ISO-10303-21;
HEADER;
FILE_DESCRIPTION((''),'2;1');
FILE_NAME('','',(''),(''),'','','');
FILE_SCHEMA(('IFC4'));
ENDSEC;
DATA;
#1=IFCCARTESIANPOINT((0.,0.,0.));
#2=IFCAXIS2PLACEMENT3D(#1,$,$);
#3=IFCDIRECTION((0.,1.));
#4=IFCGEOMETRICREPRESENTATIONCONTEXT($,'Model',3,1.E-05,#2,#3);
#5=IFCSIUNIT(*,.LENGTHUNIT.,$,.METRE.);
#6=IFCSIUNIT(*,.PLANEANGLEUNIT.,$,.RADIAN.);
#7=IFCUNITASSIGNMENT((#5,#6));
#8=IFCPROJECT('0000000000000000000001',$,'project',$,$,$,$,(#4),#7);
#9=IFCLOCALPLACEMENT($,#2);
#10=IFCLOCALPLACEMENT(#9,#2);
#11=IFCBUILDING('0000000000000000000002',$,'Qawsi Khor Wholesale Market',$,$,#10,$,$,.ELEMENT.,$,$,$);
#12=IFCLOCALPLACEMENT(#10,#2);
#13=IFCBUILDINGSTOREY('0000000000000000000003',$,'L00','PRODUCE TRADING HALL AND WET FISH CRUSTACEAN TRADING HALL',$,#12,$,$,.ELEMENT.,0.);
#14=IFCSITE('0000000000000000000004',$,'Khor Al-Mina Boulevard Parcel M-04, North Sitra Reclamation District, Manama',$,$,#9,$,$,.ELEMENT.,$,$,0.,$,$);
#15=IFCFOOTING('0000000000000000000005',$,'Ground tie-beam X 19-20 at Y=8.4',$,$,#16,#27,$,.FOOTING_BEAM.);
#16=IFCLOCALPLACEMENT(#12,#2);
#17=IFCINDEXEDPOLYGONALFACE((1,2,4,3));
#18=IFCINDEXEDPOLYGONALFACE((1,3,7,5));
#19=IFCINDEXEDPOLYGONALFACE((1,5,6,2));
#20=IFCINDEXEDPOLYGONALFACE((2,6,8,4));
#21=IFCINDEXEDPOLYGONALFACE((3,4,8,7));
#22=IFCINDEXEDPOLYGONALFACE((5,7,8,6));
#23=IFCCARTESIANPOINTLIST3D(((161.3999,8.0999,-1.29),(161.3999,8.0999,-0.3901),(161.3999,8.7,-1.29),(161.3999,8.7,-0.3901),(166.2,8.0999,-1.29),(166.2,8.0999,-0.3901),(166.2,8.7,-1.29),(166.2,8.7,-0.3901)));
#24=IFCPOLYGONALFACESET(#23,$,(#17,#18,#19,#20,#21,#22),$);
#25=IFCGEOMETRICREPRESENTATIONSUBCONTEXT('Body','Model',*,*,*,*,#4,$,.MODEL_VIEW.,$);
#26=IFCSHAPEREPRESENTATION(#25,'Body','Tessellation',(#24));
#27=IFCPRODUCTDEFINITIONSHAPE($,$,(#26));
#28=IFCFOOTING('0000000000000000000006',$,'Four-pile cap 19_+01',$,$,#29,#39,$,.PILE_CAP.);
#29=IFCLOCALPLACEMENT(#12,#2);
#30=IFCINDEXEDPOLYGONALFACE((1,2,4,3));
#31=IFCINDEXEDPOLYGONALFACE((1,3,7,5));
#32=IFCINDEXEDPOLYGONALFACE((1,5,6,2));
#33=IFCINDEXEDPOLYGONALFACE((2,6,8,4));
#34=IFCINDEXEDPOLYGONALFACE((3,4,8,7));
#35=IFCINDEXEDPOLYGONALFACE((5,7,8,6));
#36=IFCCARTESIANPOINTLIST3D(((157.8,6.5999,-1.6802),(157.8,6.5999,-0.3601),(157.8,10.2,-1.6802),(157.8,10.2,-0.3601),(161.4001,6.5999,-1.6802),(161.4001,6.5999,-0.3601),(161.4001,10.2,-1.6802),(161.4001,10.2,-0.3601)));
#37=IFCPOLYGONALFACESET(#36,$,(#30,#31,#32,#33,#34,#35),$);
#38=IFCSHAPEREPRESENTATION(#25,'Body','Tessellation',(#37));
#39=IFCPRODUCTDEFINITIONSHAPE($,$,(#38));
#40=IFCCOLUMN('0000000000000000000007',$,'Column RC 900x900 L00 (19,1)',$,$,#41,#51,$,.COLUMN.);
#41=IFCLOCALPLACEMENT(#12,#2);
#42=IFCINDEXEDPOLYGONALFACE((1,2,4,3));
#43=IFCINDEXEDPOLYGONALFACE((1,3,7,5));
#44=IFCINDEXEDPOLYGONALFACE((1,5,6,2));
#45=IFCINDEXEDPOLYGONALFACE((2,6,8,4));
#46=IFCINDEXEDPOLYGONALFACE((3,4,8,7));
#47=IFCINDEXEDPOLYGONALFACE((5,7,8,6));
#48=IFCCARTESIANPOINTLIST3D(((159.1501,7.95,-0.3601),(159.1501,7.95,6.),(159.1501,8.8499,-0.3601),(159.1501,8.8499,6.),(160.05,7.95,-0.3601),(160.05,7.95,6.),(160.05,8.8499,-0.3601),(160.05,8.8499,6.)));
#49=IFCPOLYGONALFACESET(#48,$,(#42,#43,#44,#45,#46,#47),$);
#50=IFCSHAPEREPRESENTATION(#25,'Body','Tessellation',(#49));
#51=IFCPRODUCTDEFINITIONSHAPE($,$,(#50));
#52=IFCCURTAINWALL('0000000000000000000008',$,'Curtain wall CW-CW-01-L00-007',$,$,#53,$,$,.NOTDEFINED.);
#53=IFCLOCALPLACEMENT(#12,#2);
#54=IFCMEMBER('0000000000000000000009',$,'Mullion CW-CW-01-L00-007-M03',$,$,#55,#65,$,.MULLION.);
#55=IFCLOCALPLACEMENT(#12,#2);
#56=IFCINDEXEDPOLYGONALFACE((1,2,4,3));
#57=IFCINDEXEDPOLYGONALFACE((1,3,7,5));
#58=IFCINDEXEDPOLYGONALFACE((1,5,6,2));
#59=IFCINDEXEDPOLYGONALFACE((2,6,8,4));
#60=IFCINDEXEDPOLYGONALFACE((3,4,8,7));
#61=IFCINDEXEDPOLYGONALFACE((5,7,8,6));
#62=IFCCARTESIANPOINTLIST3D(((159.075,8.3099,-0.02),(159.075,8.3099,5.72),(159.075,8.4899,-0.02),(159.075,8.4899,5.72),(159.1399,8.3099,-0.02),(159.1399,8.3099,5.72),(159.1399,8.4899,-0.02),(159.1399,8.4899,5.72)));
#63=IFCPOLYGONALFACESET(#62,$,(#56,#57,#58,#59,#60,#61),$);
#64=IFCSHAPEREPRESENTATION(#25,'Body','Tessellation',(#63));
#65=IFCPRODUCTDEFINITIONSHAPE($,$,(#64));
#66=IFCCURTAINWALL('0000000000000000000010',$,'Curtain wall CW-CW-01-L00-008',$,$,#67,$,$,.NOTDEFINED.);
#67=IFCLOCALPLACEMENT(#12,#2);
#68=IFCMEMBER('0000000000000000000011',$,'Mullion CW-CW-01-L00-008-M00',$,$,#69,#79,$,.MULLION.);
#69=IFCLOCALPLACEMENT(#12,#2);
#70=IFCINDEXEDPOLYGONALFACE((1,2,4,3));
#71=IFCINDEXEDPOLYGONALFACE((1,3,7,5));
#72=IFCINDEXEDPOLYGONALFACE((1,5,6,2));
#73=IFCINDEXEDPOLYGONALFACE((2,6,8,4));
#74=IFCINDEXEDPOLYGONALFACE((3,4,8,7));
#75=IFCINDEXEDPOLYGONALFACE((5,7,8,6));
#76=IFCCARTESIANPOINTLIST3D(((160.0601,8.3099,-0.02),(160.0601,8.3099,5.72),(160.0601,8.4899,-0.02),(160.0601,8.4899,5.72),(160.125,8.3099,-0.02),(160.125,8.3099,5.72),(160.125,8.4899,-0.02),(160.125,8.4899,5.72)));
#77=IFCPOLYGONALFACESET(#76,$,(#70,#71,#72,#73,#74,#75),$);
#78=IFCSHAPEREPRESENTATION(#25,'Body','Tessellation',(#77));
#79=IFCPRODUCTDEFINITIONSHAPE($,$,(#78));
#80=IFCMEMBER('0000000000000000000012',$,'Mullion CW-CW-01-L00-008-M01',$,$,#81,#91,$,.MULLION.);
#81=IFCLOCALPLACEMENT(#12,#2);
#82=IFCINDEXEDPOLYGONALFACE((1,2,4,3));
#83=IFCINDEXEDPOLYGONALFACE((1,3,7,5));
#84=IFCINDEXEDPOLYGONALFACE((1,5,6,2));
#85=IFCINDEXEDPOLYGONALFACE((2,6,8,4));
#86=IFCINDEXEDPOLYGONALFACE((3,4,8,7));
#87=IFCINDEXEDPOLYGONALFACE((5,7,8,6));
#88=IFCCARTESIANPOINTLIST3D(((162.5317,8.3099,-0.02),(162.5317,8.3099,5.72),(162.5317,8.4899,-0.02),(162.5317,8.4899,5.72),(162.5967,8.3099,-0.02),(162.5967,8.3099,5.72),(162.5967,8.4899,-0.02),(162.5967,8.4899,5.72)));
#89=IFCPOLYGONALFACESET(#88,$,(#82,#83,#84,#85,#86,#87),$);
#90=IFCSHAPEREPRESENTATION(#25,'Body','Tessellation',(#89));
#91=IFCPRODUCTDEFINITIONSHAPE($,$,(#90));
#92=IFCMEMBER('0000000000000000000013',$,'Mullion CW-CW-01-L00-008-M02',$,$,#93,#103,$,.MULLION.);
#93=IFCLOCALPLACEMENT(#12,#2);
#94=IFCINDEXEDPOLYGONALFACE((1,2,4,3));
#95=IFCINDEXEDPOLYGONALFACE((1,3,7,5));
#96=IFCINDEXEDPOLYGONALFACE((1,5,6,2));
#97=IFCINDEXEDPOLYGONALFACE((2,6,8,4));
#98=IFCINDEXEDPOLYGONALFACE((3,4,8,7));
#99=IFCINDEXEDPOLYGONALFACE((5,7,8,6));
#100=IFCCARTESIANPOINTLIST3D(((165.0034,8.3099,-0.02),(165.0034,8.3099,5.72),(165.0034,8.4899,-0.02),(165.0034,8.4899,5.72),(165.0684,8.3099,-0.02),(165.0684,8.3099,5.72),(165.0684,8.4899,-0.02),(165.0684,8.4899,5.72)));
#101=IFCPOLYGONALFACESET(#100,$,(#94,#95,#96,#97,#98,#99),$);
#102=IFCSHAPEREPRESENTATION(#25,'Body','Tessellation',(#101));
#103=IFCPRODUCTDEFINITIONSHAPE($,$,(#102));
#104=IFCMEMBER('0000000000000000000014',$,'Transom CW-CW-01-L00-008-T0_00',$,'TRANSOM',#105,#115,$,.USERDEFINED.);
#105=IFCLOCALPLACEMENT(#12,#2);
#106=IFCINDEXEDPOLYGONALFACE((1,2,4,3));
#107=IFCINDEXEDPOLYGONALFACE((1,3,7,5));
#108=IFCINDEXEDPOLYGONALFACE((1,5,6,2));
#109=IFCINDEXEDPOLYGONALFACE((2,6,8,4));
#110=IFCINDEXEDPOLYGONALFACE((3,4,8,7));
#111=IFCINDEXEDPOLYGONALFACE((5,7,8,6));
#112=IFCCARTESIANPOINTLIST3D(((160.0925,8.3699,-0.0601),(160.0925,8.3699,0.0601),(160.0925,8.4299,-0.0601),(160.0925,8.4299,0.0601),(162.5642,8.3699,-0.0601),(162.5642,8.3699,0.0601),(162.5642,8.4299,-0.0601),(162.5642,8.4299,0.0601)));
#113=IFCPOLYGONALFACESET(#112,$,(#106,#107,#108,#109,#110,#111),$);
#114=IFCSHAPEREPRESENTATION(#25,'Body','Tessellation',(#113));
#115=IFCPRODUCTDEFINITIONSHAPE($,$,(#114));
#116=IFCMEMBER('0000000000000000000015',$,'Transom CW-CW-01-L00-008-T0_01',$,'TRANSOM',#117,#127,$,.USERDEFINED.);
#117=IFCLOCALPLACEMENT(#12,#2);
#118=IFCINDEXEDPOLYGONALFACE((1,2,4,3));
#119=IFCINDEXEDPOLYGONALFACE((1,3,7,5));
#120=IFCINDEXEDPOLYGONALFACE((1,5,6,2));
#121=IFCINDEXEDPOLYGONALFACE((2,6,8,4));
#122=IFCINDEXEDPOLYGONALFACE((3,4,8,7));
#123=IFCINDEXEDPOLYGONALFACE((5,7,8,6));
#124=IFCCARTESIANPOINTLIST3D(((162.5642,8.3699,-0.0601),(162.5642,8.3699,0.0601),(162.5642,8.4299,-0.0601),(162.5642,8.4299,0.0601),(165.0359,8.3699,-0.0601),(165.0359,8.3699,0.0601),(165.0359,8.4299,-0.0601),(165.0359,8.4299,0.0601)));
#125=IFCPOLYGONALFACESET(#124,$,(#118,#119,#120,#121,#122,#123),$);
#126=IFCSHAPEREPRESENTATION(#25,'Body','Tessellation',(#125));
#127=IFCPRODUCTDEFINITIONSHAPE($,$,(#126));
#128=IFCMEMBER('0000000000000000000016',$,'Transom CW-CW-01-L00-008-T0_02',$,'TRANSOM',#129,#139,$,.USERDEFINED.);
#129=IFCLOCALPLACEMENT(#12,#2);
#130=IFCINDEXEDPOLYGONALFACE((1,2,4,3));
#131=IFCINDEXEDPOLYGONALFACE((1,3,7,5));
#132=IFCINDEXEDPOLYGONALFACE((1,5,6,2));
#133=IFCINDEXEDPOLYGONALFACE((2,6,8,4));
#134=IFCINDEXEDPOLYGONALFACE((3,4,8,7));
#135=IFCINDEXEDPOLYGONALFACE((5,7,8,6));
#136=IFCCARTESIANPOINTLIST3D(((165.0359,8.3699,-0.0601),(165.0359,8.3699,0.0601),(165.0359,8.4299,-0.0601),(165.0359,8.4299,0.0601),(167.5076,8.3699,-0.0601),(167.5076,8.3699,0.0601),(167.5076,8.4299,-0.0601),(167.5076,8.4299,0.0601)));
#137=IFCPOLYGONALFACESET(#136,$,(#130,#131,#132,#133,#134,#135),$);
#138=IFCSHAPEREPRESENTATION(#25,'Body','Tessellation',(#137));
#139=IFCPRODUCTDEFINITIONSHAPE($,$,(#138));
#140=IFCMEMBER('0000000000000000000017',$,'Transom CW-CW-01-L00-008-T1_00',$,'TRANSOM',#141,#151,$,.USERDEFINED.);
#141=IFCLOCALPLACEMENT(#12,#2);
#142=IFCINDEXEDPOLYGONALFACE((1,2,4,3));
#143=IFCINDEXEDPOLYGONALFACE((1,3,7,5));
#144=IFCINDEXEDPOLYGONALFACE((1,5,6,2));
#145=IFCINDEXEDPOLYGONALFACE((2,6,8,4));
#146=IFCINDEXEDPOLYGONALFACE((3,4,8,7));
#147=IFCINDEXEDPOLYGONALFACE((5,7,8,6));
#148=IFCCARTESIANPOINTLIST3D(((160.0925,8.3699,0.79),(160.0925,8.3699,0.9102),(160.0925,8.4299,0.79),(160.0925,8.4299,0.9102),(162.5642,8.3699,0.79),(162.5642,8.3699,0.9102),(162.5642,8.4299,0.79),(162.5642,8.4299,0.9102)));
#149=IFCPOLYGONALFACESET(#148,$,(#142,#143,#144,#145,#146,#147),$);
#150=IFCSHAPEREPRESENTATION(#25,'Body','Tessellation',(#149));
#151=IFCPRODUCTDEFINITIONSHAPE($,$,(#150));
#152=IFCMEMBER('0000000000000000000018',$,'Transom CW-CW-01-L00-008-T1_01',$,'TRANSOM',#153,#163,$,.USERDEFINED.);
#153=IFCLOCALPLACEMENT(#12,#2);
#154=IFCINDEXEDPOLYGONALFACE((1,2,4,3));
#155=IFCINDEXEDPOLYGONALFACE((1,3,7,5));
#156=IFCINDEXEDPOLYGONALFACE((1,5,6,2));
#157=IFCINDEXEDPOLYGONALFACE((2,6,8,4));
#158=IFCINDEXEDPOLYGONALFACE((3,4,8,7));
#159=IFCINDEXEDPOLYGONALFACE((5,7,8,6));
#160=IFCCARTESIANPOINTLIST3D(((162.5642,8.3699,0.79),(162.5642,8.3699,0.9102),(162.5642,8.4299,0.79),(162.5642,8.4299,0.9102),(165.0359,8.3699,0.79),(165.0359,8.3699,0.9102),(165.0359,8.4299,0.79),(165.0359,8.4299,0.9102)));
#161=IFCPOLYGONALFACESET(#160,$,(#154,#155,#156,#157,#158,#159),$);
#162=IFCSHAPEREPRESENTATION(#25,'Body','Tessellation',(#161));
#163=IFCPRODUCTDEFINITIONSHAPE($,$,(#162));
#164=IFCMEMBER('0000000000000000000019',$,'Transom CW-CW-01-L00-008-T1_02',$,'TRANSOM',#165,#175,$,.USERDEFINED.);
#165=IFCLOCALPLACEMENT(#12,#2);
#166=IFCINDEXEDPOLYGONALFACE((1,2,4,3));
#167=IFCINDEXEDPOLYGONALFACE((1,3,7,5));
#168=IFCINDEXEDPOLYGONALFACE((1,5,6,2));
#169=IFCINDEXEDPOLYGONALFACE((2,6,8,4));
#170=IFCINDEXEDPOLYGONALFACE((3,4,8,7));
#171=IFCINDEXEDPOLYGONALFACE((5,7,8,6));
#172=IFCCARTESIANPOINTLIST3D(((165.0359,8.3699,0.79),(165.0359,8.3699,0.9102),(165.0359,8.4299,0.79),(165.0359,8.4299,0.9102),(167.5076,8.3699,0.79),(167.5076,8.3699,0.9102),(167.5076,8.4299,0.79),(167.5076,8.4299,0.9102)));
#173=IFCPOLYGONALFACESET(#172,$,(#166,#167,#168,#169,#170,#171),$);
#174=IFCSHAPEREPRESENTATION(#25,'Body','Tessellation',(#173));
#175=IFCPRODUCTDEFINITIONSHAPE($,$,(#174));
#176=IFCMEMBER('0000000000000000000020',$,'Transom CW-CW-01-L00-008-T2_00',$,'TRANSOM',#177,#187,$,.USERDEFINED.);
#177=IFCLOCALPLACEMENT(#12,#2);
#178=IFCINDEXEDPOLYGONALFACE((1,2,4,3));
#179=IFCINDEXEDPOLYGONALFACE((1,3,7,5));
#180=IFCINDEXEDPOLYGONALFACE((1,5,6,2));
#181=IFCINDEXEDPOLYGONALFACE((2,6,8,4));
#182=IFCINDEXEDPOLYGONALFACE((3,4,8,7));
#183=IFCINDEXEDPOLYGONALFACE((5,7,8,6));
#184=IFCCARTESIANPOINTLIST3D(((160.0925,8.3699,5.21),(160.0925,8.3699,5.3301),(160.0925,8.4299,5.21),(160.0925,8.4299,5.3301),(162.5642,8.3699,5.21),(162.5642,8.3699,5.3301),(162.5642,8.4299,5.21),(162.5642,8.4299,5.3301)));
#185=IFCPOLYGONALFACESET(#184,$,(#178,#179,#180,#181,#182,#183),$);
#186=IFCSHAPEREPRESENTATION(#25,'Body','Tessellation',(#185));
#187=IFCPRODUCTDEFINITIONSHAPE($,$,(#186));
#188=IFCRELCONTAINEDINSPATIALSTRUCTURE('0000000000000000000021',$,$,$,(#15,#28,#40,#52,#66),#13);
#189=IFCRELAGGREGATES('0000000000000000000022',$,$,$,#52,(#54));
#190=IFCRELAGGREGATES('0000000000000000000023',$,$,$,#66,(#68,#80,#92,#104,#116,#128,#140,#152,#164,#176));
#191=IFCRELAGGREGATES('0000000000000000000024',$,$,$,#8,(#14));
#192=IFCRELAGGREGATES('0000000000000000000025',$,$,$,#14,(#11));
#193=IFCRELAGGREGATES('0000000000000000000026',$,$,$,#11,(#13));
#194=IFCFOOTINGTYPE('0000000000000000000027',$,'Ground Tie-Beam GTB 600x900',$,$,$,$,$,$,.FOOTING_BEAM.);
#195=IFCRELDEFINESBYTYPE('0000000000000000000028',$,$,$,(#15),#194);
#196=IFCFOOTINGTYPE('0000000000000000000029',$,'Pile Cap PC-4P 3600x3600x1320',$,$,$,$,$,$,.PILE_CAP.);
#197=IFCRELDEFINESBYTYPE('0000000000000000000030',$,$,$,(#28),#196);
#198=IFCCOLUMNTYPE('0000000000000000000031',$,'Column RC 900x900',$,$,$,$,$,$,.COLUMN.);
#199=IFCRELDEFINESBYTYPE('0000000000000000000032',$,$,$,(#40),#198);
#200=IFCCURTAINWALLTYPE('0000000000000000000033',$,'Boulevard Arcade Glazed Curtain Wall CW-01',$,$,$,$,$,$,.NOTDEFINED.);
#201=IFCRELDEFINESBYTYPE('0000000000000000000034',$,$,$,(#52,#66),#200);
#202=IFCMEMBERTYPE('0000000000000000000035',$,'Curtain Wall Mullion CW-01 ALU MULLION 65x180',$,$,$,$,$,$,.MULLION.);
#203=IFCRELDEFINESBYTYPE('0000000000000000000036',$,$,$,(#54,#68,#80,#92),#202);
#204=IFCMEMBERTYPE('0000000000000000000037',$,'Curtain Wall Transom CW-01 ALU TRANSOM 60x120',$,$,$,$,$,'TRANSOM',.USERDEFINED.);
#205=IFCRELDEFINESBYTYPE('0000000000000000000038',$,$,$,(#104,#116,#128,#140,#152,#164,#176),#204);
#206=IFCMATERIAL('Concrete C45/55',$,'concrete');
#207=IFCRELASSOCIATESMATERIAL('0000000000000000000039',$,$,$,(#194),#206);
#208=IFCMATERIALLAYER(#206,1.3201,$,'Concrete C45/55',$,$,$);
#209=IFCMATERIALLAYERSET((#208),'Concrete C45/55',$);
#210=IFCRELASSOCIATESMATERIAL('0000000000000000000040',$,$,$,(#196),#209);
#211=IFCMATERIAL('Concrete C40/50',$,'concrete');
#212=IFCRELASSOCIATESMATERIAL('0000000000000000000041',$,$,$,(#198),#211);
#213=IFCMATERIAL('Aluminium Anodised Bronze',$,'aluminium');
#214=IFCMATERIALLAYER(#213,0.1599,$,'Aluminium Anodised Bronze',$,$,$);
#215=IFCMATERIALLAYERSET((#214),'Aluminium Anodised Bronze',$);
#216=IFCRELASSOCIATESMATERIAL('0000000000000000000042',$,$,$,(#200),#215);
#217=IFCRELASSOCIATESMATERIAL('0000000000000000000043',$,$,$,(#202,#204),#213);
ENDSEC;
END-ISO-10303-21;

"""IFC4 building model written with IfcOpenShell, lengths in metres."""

from ifc_helpers import new_model, si_unit, direction, frame, origin, origin_2d, place, context, subcontext, project, spatial, rectangle, extrude, material, layer, layer_set, material_profile, profile_set, type_object, element, aggregate, save


model = new_model("IFC4")

# Units and contexts
model_context = context("Model", 3, precision=1e-05, world=origin(), true_north=direction((0.0, 1.0)))
body_context = subcontext(model_context, "Body", "Model", "MODEL_VIEW")
ifc_project = project(units=[si_unit("LENGTHUNIT", "METRE"), si_unit("PLANEANGLEUNIT", "RADIAN")], contexts=[model_context])

# Site, building, storey
site_placement = place(None, origin())
site = spatial("IfcSite", under=ifc_project, at=site_placement, Name="Khor Al-Mina Boulevard Parcel M-04, North Sitra Reclamation District, Manama", CompositionType="ELEMENT", RefElevation=0.0)
building_placement = place(site_placement, origin())
building = spatial("IfcBuilding", under=site, at=building_placement, Name="Qawsi Khor Wholesale Market", CompositionType="ELEMENT")
storey_placement = place(building_placement, origin())
storey = spatial("IfcBuildingStorey", under=building, at=storey_placement, Name="L00", Description="PRODUCE TRADING HALL AND WET FISH CRUSTACEAN TRADING HALL", CompositionType="ELEMENT", Elevation=0.0)

# Footings
ifc_material_1 = material(Name="Concrete C45/55", Category="concrete")
ifc_material_profile_1 = material_profile(ifc_material_1, rectangle(XDim=0.6001, YDim=0.8999, at=origin_2d()), Name="RC 600x900")
ifc_profile_set_1 = profile_set([ifc_material_profile_1], Name="Concrete C45/55")
footing_type_1 = type_object("IfcFootingType", Name="Ground Tie-Beam GTB 600x900", PredefinedType="FOOTING_BEAM", material=ifc_profile_set_1)
footing_1_placement = place(storey_placement, frame((161.3999, 8.3999, -0.8401), z_axis=(1.0, 0.0, 0.0), x_axis=(0.0, 1.0, 0.0)))
element("IfcFooting", 1, at=footing_1_placement, inside=storey, type_object=footing_type_1, Name="Ground tie-beam X 19-20 at Y=8.4", PredefinedType="FOOTING_BEAM", context=body_context, shape_type="SweptSolid", body=[
    extrude(rectangle(XDim=0.6001, YDim=0.8999, at=origin_2d()), origin(), (0.0, 0.0, 1.0), 4.8),
])
ifc_layer_1 = layer(ifc_material_1, 1.3201, Name="Concrete C45/55")
ifc_layer_set_1 = layer_set([ifc_layer_1], Name="Concrete C45/55")
footing_type_2 = type_object("IfcFootingType", Name="Pile Cap PC-4P 3600x3600x1320", PredefinedType="PILE_CAP", material=ifc_layer_set_1)
footing_2_placement = place(storey_placement, frame((159.6001, 8.3999, -1.6802), z_axis=(0.0, 0.0, 1.0), x_axis=(1.0, 0.0, 0.0)))
element("IfcFooting", 2, at=footing_2_placement, inside=storey, type_object=footing_type_2, Name="Four-pile cap 19_+01", PredefinedType="PILE_CAP", context=body_context, shape_type="SweptSolid", body=[
    extrude(rectangle(XDim=3.6001, YDim=3.6001, at=origin_2d()), origin(), (0.0, 0.0, 1.0), 1.3201),
])

# Column
ifc_material_2 = material(Name="Concrete C40/50", Category="concrete")
ifc_material_profile_2 = material_profile(ifc_material_2, rectangle(XDim=0.8999, YDim=0.8999, at=origin_2d()), Name="RC 900x900")
ifc_profile_set_2 = profile_set([ifc_material_profile_2], Name="Concrete C40/50")
column_type = type_object("IfcColumnType", Name="Column RC 900x900", PredefinedType="COLUMN", material=ifc_profile_set_2)
column_placement = place(storey_placement, frame((159.6001, 8.3999, -0.3601), z_axis=(0.0, 0.0, 1.0), x_axis=(1.0, 0.0, 0.0)))
element("IfcColumn", 3, at=column_placement, inside=storey, type_object=column_type, Name="Column RC 900x900 L00 (19,1)", PredefinedType="COLUMN", context=body_context, shape_type="SweptSolid", body=[
    extrude(rectangle(XDim=0.8999, YDim=0.8999, at=origin_2d()), origin(), (0.0, 0.0, 1.0), 6.3601),
])

# Curtain wall, member
ifc_material_3 = material(Name="Aluminium Anodised Bronze", Category="aluminium")
ifc_layer_2 = layer(ifc_material_3, 0.1599, Name="Aluminium Anodised Bronze")
ifc_layer_set_2 = layer_set([ifc_layer_2], Name="Aluminium Anodised Bronze")
curtain_wall_type = type_object("IfcCurtainWallType", Name="Boulevard Arcade Glazed Curtain Wall CW-01", PredefinedType="NOTDEFINED", material=ifc_layer_set_2)
curtain_wall_1_placement = place(storey_placement, origin())
curtain_wall_1 = element("IfcCurtainWall", 4, at=curtain_wall_1_placement, inside=storey, type_object=curtain_wall_type, Name="Curtain wall CW-CW-01-L00-007", PredefinedType="NOTDEFINED")
ifc_material_profile_3 = material_profile(ifc_material_3, rectangle(XDim=0.0649, YDim=0.1799, at=origin_2d()), Name="ALU MULLION 65x180")
ifc_profile_set_3 = profile_set([ifc_material_profile_3], Name="Aluminium Anodised Bronze")
member_type_1 = type_object("IfcMemberType", Name="Curtain Wall Mullion CW-01 ALU MULLION 65x180", PredefinedType="MULLION", material=ifc_profile_set_3)
member_1_placement = place(storey_placement, frame((159.1074, 8.3999, -0.02), z_axis=(0.0, 0.0, 1.0), x_axis=(1.0, 0.0, 0.0)))
member_1 = element("IfcMember", 5, at=member_1_placement, type_object=member_type_1, Name="Mullion CW-CW-01-L00-007-M03", PredefinedType="MULLION", context=body_context, shape_type="SweptSolid", body=[
    extrude(rectangle(XDim=0.0649, YDim=0.1799, at=origin_2d()), origin(), (0.0, 0.0, 1.0), 5.74),
])

# Curtain wall, members
curtain_wall_2_placement = place(storey_placement, origin())
curtain_wall_2 = element("IfcCurtainWall", 6, at=curtain_wall_2_placement, inside=storey, type_object=curtain_wall_type, Name="Curtain wall CW-CW-01-L00-008", PredefinedType="NOTDEFINED")
member_2_placement = place(storey_placement, frame((160.0925, 8.3999, -0.02), z_axis=(0.0, 0.0, 1.0), x_axis=(1.0, 0.0, 0.0)))
member_2 = element("IfcMember", 7, at=member_2_placement, type_object=member_type_1, Name="Mullion CW-CW-01-L00-008-M00", PredefinedType="MULLION", context=body_context, shape_type="SweptSolid", body=[
    extrude(rectangle(XDim=0.0649, YDim=0.1799, at=origin_2d()), origin(), (0.0, 0.0, 1.0), 5.74),
])
member_3_placement = place(storey_placement, frame((162.5642, 8.3999, -0.02), z_axis=(0.0, 0.0, 1.0), x_axis=(1.0, 0.0, 0.0)))
member_3 = element("IfcMember", 8, at=member_3_placement, type_object=member_type_1, Name="Mullion CW-CW-01-L00-008-M01", PredefinedType="MULLION", context=body_context, shape_type="SweptSolid", body=[
    extrude(rectangle(XDim=0.0649, YDim=0.1799, at=origin_2d()), origin(), (0.0, 0.0, 1.0), 5.74),
])
member_4_placement = place(storey_placement, frame((165.0359, 8.3999, -0.02), z_axis=(0.0, 0.0, 1.0), x_axis=(1.0, 0.0, 0.0)))
member_4 = element("IfcMember", 9, at=member_4_placement, type_object=member_type_1, Name="Mullion CW-CW-01-L00-008-M02", PredefinedType="MULLION", context=body_context, shape_type="SweptSolid", body=[
    extrude(rectangle(XDim=0.0649, YDim=0.1799, at=origin_2d()), origin(), (0.0, 0.0, 1.0), 5.74),
])
ifc_material_profile_4 = material_profile(ifc_material_3, rectangle(XDim=0.0601, YDim=0.1201, at=origin_2d()), Name="ALU TRANSOM 60x120")
ifc_profile_set_4 = profile_set([ifc_material_profile_4], Name="Aluminium Anodised Bronze")
member_type_2 = type_object("IfcMemberType", Name="Curtain Wall Transom CW-01 ALU TRANSOM 60x120", ElementType="TRANSOM", PredefinedType="USERDEFINED", material=ifc_profile_set_4)
member_5_placement = place(storey_placement, frame((160.0925, 8.3999, 0.0), z_axis=(1.0, 0.0, 0.0), x_axis=(0.0, 1.0, 0.0)))
member_5 = element("IfcMember", 10, at=member_5_placement, type_object=member_type_2, Name="Transom CW-CW-01-L00-008-T0_00", ObjectType="TRANSOM", PredefinedType="USERDEFINED", context=body_context, shape_type="SweptSolid", body=[
    extrude(rectangle(XDim=0.0601, YDim=0.1201, at=origin_2d()), origin(), (0.0, 0.0, 1.0), 2.4717),
])
member_6_placement = place(storey_placement, frame((162.5642, 8.3999, 0.0), z_axis=(1.0, 0.0, 0.0), x_axis=(0.0, 1.0, 0.0)))
member_6 = element("IfcMember", 11, at=member_6_placement, type_object=member_type_2, Name="Transom CW-CW-01-L00-008-T0_01", ObjectType="TRANSOM", PredefinedType="USERDEFINED", context=body_context, shape_type="SweptSolid", body=[
    extrude(rectangle(XDim=0.0601, YDim=0.1201, at=origin_2d()), origin(), (0.0, 0.0, 1.0), 2.4717),
])
member_7_placement = place(storey_placement, frame((165.0359, 8.3999, 0.0), z_axis=(1.0, 0.0, 0.0), x_axis=(0.0, 1.0, 0.0)))
member_7 = element("IfcMember", 12, at=member_7_placement, type_object=member_type_2, Name="Transom CW-CW-01-L00-008-T0_02", ObjectType="TRANSOM", PredefinedType="USERDEFINED", context=body_context, shape_type="SweptSolid", body=[
    extrude(rectangle(XDim=0.0601, YDim=0.1201, at=origin_2d()), origin(), (0.0, 0.0, 1.0), 2.4717),
])
member_8_placement = place(storey_placement, frame((160.0925, 8.3999, 0.8501), z_axis=(1.0, 0.0, 0.0), x_axis=(0.0, 1.0, 0.0)))
member_8 = element("IfcMember", 13, at=member_8_placement, type_object=member_type_2, Name="Transom CW-CW-01-L00-008-T1_00", ObjectType="TRANSOM", PredefinedType="USERDEFINED", context=body_context, shape_type="SweptSolid", body=[
    extrude(rectangle(XDim=0.0601, YDim=0.1201, at=origin_2d()), origin(), (0.0, 0.0, 1.0), 2.4717),
])
member_9_placement = place(storey_placement, frame((162.5642, 8.3999, 0.8501), z_axis=(1.0, 0.0, 0.0), x_axis=(0.0, 1.0, 0.0)))
member_9 = element("IfcMember", 14, at=member_9_placement, type_object=member_type_2, Name="Transom CW-CW-01-L00-008-T1_01", ObjectType="TRANSOM", PredefinedType="USERDEFINED", context=body_context, shape_type="SweptSolid", body=[
    extrude(rectangle(XDim=0.0601, YDim=0.1201, at=origin_2d()), origin(), (0.0, 0.0, 1.0), 2.4717),
])
member_10_placement = place(storey_placement, frame((165.0359, 8.3999, 0.8501), z_axis=(1.0, 0.0, 0.0), x_axis=(0.0, 1.0, 0.0)))
member_10 = element("IfcMember", 15, at=member_10_placement, type_object=member_type_2, Name="Transom CW-CW-01-L00-008-T1_02", ObjectType="TRANSOM", PredefinedType="USERDEFINED", context=body_context, shape_type="SweptSolid", body=[
    extrude(rectangle(XDim=0.0601, YDim=0.1201, at=origin_2d()), origin(), (0.0, 0.0, 1.0), 2.4717),
])
member_11_placement = place(storey_placement, frame((160.0925, 8.3999, 5.27), z_axis=(1.0, 0.0, 0.0), x_axis=(0.0, 1.0, 0.0)))
member_11 = element("IfcMember", 16, at=member_11_placement, type_object=member_type_2, Name="Transom CW-CW-01-L00-008-T2_00", ObjectType="TRANSOM", PredefinedType="USERDEFINED", context=body_context, shape_type="SweptSolid", body=[
    extrude(rectangle(XDim=0.0601, YDim=0.1201, at=origin_2d()), origin(), (0.0, 0.0, 1.0), 2.4717),
])

aggregate(curtain_wall_1, [member_1])
aggregate(curtain_wall_2, [member_2, member_3, member_4, member_5, member_6, member_7, member_8, member_9, member_10, member_11])

save(model, "model.ifc")
